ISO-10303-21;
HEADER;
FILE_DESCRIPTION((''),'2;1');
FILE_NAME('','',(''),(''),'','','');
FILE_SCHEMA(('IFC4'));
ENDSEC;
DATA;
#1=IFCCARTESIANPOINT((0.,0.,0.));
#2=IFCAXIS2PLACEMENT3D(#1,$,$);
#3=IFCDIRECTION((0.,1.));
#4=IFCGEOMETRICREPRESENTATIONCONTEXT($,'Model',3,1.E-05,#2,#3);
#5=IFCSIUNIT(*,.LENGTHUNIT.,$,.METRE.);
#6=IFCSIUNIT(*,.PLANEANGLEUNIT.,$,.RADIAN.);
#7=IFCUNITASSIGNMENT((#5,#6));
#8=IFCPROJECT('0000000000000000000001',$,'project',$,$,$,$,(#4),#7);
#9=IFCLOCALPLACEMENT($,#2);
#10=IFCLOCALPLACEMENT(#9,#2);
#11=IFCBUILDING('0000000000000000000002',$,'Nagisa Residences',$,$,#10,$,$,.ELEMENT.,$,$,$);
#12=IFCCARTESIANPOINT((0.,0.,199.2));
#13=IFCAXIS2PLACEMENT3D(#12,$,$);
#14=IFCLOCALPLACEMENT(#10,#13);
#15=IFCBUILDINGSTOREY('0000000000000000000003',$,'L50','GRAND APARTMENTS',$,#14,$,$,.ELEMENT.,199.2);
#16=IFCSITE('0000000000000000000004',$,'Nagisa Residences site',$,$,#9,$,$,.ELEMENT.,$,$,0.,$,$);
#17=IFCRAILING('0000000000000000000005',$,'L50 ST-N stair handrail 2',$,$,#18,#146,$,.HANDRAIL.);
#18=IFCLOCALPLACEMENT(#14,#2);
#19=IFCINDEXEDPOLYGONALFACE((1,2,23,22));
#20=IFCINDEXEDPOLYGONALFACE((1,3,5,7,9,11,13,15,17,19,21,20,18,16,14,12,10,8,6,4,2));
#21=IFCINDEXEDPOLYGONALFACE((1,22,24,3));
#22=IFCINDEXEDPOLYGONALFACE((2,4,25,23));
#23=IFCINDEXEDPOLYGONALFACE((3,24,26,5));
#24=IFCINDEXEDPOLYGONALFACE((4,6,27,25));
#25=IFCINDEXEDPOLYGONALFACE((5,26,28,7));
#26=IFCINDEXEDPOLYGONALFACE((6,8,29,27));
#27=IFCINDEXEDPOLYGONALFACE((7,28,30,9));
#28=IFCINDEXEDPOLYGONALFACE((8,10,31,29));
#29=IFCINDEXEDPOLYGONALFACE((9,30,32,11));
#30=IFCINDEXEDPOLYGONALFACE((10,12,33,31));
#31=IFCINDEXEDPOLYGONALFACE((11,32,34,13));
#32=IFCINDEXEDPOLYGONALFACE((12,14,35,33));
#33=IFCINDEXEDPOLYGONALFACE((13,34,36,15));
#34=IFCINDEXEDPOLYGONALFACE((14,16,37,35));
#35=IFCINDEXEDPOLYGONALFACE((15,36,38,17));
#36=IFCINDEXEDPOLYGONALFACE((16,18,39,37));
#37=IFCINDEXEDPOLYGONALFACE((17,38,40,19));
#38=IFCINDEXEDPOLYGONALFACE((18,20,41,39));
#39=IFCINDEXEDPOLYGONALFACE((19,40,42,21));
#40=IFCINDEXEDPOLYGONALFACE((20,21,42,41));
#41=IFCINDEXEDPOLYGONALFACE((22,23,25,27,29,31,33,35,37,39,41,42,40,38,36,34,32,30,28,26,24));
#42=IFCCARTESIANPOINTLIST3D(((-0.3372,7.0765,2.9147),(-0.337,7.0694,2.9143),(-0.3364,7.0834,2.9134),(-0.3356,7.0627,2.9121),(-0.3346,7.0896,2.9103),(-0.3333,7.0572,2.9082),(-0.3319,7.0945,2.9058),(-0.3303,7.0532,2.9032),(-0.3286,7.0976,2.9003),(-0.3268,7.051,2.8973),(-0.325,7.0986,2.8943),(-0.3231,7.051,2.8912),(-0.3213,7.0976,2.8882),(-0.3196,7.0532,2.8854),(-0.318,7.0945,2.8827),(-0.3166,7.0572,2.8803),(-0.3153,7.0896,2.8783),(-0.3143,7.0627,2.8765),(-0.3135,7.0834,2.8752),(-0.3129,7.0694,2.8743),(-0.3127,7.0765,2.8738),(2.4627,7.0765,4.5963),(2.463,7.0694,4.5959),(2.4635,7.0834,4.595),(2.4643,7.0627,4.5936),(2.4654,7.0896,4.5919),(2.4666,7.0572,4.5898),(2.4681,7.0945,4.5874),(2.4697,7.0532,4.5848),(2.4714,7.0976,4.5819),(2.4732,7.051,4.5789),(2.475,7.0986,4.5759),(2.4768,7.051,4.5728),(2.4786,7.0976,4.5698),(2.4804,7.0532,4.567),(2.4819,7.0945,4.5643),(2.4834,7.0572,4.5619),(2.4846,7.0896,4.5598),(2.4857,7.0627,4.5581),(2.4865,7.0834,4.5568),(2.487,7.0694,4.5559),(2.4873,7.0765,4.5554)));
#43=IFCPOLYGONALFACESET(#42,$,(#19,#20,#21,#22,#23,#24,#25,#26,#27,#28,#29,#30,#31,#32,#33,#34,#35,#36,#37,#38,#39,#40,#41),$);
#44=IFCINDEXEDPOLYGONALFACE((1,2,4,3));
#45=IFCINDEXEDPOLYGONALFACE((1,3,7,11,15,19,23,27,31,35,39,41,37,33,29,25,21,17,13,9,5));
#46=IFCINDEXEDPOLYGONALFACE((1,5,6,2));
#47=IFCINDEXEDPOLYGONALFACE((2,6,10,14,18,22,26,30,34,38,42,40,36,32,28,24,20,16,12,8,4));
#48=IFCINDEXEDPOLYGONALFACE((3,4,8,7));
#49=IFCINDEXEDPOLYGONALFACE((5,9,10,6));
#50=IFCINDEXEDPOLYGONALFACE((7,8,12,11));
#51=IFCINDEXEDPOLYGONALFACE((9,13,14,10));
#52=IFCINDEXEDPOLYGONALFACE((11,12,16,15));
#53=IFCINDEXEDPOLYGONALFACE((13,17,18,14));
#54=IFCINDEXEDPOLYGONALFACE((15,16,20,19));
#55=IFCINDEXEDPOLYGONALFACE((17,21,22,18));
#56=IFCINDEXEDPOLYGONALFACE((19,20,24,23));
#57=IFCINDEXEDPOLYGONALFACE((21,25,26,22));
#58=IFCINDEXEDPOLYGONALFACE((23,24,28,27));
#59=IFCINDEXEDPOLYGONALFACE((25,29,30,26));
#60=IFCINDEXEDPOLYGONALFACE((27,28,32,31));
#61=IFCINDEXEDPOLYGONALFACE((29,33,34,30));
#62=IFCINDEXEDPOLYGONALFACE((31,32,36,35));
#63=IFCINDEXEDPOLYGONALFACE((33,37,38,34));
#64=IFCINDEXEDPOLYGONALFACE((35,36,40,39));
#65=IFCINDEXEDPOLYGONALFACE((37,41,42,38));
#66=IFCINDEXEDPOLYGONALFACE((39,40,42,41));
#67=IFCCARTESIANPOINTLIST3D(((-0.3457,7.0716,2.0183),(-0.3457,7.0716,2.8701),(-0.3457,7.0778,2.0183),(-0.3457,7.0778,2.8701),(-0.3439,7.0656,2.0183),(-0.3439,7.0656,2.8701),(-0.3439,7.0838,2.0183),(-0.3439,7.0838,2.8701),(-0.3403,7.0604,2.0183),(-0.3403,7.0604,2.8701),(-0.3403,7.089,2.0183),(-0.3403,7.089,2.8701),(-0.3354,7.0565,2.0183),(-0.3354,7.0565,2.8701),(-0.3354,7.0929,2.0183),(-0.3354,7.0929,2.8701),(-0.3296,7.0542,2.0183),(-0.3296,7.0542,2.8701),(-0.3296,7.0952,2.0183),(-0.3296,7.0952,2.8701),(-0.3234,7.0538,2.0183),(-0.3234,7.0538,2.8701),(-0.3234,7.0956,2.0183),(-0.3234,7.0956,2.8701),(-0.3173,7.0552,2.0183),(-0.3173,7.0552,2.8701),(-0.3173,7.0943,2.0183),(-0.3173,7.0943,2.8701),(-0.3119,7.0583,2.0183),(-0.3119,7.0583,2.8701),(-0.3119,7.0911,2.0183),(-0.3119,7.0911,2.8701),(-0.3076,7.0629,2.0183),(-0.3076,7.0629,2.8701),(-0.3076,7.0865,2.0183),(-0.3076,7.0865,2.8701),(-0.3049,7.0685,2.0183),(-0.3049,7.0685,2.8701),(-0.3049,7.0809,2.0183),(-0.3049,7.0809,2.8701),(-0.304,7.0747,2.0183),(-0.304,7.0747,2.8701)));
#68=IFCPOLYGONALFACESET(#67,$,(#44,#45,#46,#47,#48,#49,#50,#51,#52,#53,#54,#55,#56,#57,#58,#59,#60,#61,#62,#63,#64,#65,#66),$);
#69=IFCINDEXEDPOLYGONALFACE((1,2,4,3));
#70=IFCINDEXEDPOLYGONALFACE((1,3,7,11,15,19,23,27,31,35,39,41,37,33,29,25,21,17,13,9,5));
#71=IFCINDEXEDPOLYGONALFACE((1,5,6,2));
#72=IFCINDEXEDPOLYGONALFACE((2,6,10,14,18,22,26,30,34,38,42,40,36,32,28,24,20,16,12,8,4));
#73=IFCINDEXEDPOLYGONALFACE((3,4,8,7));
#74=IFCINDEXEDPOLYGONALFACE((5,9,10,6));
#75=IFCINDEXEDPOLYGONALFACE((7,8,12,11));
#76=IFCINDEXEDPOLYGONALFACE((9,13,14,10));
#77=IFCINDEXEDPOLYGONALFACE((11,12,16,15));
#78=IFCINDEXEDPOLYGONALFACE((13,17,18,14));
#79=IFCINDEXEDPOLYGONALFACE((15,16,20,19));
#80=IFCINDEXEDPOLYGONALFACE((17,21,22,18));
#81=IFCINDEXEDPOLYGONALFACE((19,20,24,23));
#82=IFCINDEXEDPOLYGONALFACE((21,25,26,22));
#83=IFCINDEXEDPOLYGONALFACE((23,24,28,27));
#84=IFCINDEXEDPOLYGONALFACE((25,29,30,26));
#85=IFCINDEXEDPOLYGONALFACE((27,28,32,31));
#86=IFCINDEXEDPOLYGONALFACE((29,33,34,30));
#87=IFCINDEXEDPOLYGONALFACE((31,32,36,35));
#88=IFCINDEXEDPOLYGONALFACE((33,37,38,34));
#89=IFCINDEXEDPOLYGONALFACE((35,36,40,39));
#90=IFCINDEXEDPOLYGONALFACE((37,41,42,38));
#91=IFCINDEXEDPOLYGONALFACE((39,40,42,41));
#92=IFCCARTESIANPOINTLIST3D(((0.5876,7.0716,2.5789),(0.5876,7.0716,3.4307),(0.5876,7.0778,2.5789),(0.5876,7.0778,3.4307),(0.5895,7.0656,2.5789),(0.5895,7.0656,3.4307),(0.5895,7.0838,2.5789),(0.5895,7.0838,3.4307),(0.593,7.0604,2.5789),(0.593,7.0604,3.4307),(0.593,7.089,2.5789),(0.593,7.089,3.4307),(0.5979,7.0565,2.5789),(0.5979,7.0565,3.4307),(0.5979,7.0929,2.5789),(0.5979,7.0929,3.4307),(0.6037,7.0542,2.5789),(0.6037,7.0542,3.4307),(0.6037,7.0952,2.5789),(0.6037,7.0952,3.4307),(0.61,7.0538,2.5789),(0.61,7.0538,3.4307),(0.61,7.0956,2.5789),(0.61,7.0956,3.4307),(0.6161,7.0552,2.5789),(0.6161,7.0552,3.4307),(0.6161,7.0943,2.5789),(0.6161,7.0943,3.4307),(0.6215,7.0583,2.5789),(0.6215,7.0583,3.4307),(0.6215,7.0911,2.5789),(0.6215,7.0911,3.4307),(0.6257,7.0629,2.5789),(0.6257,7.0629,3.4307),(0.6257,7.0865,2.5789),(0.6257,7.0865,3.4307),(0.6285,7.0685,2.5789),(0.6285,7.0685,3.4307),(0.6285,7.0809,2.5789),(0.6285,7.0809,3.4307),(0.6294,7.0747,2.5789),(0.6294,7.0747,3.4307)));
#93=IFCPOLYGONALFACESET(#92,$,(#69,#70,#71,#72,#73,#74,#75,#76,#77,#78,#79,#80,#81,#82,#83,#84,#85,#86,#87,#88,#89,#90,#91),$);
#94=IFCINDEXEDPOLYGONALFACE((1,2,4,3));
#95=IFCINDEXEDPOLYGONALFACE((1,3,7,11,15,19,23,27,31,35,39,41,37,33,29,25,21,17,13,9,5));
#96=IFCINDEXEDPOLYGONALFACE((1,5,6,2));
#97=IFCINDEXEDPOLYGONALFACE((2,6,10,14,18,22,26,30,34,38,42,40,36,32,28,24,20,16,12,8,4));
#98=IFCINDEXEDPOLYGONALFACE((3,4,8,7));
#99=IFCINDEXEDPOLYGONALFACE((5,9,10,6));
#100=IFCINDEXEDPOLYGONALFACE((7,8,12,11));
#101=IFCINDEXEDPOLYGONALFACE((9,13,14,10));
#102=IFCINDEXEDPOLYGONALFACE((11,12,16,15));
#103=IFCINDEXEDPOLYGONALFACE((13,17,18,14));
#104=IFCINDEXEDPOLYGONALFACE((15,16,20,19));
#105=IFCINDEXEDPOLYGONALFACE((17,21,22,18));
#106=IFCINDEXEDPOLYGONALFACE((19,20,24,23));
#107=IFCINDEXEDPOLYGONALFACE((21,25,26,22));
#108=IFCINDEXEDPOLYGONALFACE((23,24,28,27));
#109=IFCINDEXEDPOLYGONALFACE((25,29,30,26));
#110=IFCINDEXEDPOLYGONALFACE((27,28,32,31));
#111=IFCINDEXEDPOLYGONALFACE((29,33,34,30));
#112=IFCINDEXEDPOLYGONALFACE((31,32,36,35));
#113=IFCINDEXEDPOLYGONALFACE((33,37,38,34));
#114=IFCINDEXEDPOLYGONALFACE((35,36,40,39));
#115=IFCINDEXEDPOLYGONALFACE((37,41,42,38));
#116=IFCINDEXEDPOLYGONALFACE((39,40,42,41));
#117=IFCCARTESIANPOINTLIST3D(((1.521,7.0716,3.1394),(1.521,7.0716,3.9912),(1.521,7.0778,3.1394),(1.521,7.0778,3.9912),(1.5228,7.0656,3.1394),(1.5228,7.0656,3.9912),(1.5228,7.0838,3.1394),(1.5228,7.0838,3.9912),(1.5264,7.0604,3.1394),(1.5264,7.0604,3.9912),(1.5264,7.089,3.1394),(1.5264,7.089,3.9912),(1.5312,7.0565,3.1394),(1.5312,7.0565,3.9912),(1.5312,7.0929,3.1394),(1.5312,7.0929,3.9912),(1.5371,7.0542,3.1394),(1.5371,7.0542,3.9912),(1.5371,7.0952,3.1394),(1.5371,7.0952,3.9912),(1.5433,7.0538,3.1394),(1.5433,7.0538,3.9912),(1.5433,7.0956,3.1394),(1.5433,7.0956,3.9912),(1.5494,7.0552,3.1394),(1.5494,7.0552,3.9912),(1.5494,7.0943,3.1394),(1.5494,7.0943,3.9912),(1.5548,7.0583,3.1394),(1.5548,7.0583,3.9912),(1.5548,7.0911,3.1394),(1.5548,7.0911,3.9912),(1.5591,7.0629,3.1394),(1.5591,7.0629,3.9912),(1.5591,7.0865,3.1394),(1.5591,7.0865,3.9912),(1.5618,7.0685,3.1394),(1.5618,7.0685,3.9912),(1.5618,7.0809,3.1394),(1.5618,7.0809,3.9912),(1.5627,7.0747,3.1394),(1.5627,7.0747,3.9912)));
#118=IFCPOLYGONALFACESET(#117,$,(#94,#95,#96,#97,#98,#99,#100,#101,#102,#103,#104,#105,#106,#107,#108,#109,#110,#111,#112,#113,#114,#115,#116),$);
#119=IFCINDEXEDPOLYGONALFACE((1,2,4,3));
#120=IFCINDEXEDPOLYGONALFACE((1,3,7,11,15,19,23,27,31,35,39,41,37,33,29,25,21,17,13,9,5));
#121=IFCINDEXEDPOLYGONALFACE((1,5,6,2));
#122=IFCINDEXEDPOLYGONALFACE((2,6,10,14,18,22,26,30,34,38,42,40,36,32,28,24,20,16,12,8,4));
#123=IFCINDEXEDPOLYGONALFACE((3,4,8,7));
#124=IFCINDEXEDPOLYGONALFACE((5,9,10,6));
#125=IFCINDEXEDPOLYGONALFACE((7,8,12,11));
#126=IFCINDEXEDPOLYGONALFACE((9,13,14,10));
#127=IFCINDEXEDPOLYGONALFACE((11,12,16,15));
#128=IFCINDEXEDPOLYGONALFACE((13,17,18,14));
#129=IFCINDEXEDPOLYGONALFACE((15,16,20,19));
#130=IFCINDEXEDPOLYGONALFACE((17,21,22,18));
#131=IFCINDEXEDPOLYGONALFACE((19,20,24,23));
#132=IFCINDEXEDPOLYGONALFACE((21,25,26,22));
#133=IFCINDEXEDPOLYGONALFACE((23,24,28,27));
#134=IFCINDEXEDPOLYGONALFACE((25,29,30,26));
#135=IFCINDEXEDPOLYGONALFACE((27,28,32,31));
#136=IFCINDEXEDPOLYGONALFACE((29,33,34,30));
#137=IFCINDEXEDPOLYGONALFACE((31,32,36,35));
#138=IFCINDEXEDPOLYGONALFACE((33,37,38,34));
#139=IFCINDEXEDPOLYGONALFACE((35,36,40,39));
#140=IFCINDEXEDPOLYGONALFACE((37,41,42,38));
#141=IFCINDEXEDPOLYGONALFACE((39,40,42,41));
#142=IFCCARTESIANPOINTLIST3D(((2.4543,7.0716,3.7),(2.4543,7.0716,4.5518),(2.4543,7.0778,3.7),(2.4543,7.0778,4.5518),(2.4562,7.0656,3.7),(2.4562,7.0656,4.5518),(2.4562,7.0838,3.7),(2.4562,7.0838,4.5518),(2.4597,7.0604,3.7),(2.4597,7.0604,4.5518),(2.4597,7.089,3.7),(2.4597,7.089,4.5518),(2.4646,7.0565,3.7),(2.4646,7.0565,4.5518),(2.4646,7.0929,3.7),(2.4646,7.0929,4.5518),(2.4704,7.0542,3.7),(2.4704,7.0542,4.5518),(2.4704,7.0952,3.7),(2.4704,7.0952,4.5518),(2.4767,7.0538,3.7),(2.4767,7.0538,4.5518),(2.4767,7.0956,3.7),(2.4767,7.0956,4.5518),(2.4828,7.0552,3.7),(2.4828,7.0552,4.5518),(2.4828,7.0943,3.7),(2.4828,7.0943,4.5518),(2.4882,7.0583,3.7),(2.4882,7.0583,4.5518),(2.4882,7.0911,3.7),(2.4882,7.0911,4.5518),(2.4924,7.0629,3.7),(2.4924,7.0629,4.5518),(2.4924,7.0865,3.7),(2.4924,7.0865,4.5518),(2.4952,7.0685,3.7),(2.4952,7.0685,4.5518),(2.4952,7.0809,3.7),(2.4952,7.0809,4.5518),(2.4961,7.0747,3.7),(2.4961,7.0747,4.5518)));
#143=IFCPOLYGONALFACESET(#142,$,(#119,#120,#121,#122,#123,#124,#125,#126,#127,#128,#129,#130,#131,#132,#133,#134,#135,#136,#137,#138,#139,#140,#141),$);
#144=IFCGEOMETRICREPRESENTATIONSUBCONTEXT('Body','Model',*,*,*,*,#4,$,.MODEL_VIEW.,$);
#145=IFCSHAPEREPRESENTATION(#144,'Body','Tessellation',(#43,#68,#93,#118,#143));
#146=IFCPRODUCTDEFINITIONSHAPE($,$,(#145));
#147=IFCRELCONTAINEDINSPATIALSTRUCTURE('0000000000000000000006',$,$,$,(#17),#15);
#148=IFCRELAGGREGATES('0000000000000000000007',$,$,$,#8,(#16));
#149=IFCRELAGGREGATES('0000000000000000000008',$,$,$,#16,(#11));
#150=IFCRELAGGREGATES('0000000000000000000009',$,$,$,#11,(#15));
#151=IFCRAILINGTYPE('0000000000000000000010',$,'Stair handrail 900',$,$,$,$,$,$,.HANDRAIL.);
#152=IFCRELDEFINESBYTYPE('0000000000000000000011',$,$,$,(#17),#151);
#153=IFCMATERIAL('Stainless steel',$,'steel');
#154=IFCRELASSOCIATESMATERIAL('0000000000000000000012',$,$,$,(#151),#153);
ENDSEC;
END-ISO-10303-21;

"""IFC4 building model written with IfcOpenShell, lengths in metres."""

from ifc_helpers import new_model, si_unit, direction, frame, origin, origin_2d, place, context, subcontext, project, spatial, circle, extrude, material, type_object, element, save


model = new_model("IFC4")

# Units and contexts
model_context = context("Model", 3, precision=1e-05, world=origin(), true_north=direction((0.0, 1.0)))
body_context = subcontext(model_context, "Body", "Model", "MODEL_VIEW")
ifc_project = project(units=[si_unit("LENGTHUNIT", "METRE"), si_unit("PLANEANGLEUNIT", "RADIAN")], contexts=[model_context])

# Site, building, storey
site_placement = place(None, origin())
site = spatial("IfcSite", under=ifc_project, at=site_placement, Name="Nagisa Residences site", CompositionType="ELEMENT", RefElevation=0.0)
building_placement = place(site_placement, origin())
building = spatial("IfcBuilding", under=site, at=building_placement, Name="Nagisa Residences", CompositionType="ELEMENT")
storey_placement = place(building_placement, frame((0.0, 0.0, 199.2)))
storey = spatial("IfcBuildingStorey", under=building, at=storey_placement, Name="L50", Description="GRAND APARTMENTS", CompositionType="ELEMENT", Elevation=199.2)

# Railing
ifc_material_1 = material(Name="Stainless steel", Category="steel")
railing_type = type_object("IfcRailingType", Name="Stair handrail 900", PredefinedType="HANDRAIL", material=ifc_material_1)
railing_placement = place(storey_placement, frame((-0.325, 7.0747, 2.0183)))
element("IfcRailing", 1, at=railing_placement, inside=storey, type_object=railing_type, Name="L50 ST-N stair handrail 2", PredefinedType="HANDRAIL", context=body_context, shape_type="SweptSolid", body=[
    extrude(circle(Radius=0.0239, at=origin_2d()), frame((0.0, 0.0, 0.876), z_axis=(0.857275, 0.0, 0.514858), x_axis=(0.0, 1.0, 0.0)), (0.0, 0.0, 1.0), 3.2661),
    extrude(circle(Radius=0.021, at=origin_2d()), origin(), (0.0, 0.0, 1.0), 0.8518),
    extrude(circle(Radius=0.021, at=origin_2d()), frame((0.9333, 0.0, 0.5605)), (0.0, 0.0, 1.0), 0.8518),
    extrude(circle(Radius=0.021, at=origin_2d()), frame((1.8667, 0.0, 1.1211)), (0.0, 0.0, 1.0), 0.8518),
    extrude(circle(Radius=0.021, at=origin_2d()), frame((2.8, 0.0, 1.6816)), (0.0, 0.0, 1.0), 0.8518),
])

save(model, "model.ifc")
